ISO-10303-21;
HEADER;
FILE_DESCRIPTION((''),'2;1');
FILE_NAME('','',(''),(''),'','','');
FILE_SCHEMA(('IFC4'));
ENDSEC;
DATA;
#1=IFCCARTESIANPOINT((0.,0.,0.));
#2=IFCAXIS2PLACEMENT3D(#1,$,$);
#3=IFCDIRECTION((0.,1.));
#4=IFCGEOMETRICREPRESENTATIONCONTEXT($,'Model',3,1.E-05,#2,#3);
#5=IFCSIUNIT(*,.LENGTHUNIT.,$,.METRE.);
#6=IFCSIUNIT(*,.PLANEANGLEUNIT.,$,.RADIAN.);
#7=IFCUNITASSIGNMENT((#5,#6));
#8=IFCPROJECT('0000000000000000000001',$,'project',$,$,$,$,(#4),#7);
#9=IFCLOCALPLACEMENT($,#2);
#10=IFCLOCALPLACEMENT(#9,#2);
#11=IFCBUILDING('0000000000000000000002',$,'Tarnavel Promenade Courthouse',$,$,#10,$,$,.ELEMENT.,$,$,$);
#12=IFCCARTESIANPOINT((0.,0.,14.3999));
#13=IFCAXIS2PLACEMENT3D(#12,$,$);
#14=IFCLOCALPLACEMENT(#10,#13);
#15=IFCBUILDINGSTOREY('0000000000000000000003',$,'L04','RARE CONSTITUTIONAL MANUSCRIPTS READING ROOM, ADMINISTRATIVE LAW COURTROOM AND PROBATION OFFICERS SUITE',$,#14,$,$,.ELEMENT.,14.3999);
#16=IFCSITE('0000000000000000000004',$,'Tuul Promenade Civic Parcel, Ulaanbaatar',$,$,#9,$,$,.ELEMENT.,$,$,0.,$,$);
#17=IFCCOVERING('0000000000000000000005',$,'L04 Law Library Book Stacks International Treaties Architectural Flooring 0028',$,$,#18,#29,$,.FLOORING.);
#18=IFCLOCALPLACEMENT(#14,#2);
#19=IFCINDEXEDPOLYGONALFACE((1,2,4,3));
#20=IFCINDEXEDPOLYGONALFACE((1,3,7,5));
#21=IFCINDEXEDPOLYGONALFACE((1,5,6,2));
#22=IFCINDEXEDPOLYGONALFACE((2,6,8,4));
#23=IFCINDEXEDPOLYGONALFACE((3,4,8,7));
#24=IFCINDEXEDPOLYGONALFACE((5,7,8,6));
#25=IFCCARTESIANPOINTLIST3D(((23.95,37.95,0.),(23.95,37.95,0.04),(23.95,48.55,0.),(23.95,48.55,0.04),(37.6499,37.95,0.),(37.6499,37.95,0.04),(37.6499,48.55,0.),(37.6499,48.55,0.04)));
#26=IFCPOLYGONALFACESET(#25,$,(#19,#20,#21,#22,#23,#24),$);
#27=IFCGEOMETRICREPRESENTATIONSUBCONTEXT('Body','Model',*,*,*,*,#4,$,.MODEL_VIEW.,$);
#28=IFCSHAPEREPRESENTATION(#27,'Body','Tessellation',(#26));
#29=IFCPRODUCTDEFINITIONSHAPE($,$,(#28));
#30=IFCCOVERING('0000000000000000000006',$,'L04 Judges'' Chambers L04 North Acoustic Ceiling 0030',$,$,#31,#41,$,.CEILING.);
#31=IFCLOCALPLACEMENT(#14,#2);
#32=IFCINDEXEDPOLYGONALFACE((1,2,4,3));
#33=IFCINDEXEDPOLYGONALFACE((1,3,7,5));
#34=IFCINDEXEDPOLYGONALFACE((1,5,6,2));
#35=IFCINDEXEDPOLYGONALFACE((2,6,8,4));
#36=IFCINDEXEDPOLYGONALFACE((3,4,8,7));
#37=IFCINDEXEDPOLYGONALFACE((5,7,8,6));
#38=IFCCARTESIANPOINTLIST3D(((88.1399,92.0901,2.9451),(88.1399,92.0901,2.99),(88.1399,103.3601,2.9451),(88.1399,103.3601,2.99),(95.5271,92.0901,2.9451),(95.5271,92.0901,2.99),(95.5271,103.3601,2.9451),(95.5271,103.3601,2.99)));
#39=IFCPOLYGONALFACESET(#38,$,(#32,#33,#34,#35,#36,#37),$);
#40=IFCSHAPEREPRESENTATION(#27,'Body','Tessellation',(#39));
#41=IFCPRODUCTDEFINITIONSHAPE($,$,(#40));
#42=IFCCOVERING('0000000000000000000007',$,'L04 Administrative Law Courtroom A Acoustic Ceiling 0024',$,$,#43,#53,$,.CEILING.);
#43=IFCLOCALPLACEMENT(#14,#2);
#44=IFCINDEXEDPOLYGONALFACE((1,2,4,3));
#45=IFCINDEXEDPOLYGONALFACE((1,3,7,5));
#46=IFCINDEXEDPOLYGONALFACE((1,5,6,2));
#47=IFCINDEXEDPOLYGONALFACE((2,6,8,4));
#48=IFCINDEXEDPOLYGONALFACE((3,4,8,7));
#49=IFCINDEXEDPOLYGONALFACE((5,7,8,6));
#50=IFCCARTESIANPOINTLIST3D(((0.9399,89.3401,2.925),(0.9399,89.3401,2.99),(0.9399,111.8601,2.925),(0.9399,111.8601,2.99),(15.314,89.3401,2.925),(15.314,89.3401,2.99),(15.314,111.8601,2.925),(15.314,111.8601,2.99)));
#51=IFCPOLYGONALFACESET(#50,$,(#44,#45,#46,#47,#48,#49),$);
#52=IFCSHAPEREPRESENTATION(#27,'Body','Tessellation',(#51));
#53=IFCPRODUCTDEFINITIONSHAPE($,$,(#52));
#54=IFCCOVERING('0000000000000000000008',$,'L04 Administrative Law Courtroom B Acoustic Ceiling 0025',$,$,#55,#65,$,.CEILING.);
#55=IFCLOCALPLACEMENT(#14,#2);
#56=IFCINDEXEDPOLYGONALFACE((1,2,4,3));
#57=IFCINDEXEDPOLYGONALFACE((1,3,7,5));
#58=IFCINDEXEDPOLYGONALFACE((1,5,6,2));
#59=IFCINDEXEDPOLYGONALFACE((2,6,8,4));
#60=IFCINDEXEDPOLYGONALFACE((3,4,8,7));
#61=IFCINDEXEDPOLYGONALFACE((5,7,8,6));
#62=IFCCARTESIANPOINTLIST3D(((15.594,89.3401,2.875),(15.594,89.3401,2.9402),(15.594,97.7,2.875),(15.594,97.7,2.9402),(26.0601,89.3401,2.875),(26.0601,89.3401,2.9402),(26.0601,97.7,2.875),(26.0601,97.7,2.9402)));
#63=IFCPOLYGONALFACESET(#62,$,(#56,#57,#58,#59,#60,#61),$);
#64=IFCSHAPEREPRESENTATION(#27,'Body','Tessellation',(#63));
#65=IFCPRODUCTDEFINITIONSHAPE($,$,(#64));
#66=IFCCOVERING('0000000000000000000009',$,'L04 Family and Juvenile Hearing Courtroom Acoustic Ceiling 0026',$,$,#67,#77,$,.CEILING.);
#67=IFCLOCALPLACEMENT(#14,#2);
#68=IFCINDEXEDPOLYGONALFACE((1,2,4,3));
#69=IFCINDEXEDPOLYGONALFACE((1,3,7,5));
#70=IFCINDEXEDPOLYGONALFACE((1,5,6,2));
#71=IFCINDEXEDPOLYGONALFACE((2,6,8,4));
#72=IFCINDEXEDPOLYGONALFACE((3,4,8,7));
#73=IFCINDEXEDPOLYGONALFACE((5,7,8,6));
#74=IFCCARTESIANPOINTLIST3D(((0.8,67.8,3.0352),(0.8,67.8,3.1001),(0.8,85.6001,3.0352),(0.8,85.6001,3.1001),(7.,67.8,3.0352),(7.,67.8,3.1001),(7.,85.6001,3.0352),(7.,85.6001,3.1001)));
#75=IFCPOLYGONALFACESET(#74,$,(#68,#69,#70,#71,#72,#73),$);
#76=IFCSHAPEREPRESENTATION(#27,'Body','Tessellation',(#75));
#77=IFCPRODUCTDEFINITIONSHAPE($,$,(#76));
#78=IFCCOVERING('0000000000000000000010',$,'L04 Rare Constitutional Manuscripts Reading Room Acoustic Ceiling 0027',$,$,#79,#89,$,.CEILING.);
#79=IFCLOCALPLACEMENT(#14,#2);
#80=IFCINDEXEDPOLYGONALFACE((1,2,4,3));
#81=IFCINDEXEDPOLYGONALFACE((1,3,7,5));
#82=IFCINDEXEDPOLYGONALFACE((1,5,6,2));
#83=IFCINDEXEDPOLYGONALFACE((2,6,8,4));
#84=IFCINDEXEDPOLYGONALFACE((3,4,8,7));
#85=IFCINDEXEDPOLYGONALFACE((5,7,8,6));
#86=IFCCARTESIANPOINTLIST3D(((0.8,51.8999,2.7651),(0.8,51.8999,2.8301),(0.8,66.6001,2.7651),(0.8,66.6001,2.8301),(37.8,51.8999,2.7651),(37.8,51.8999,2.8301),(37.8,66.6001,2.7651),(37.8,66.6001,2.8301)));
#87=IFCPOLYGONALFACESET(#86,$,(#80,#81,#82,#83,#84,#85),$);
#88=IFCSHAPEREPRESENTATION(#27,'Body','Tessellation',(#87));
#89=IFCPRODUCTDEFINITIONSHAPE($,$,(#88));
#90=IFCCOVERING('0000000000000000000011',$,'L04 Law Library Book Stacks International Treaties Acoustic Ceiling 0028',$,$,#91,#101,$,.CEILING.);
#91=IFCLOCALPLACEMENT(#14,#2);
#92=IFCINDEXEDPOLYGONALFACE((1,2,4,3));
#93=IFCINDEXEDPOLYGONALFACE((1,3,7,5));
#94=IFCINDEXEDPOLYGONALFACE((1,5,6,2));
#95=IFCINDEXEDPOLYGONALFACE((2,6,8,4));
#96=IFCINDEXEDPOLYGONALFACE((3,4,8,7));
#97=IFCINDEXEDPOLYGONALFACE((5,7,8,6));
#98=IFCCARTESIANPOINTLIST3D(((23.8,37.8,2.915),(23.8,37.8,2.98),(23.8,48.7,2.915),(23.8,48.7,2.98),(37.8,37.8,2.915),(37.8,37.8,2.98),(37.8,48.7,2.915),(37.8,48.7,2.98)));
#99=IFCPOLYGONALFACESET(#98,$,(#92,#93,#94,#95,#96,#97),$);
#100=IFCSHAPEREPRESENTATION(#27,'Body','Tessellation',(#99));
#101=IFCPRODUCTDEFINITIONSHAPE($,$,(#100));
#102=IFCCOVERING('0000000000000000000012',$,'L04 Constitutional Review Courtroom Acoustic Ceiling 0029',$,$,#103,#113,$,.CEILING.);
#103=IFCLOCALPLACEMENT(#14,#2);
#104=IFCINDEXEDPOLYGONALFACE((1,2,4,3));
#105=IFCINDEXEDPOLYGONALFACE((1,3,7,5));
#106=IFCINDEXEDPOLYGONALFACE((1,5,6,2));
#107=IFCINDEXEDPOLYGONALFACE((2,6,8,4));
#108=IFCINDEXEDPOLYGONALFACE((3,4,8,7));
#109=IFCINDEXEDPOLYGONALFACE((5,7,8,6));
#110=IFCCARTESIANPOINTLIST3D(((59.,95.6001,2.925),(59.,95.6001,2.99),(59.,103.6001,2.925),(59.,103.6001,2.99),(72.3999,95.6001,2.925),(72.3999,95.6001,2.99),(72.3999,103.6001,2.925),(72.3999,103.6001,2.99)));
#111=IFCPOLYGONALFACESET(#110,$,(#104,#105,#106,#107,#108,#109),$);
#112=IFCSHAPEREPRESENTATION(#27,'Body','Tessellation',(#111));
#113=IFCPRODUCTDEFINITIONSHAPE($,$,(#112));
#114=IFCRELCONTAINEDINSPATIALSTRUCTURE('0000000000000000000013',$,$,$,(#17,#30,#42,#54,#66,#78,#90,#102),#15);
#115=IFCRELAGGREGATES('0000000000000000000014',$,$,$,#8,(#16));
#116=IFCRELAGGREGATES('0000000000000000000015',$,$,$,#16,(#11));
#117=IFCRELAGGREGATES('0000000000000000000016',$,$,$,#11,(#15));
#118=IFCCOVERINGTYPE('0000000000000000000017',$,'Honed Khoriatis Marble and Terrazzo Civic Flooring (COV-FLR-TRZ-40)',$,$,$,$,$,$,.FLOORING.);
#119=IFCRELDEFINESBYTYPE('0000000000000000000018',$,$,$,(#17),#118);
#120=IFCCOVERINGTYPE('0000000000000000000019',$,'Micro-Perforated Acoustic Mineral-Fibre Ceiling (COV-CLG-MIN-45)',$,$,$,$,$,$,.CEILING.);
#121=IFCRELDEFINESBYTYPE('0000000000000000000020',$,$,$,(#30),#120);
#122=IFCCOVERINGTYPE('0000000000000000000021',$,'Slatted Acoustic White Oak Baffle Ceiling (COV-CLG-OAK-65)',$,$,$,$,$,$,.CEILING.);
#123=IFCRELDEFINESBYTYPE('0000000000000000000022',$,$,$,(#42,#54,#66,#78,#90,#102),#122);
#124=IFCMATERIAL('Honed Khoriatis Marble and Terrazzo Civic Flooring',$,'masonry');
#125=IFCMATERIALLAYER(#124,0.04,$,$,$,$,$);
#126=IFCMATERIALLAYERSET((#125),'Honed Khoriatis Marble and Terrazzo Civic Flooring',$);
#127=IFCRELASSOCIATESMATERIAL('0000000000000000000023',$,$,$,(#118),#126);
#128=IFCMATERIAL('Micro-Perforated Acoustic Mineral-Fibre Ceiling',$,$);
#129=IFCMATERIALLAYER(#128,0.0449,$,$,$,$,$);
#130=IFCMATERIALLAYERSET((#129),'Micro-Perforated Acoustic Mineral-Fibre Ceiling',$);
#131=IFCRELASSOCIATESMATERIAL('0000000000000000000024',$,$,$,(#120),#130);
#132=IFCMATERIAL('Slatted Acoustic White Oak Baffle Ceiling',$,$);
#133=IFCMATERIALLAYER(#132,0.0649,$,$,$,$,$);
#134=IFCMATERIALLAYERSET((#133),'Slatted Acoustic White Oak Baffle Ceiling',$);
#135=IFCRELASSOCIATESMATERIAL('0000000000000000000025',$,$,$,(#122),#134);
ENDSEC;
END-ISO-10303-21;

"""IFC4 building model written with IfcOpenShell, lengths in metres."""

from ifc_helpers import new_model, si_unit, direction, frame, origin, place, context, subcontext, project, spatial, polyline, outline, extrude, material, layer, layer_set, type_object, element, save


model = new_model("IFC4")

# Units and contexts
model_context = context("Model", 3, precision=1e-05, world=origin(), true_north=direction((0.0, 1.0)))
body_context = subcontext(model_context, "Body", "Model", "MODEL_VIEW")
ifc_project = project(units=[si_unit("LENGTHUNIT", "METRE"), si_unit("PLANEANGLEUNIT", "RADIAN")], contexts=[model_context])

# Site, building, storey
site_placement = place(None, origin())
site = spatial("IfcSite", under=ifc_project, at=site_placement, Name="Tuul Promenade Civic Parcel, Ulaanbaatar", CompositionType="ELEMENT", RefElevation=0.0)
building_placement = place(site_placement, origin())
building = spatial("IfcBuilding", under=site, at=building_placement, Name="Tarnavel Promenade Courthouse", CompositionType="ELEMENT")
storey_placement = place(building_placement, frame((0.0, 0.0, 14.3999)))
storey = spatial("IfcBuildingStorey", under=building, at=storey_placement, Name="L04", Description="RARE CONSTITUTIONAL MANUSCRIPTS READING ROOM, ADMINISTRATIVE LAW COURTROOM AND PROBATION OFFICERS SUITE", CompositionType="ELEMENT", Elevation=14.3999)

# Coverings
ifc_material_1 = material(Name="Honed Khoriatis Marble and Terrazzo Civic Flooring", Category="masonry")
ifc_layer_1 = layer(ifc_material_1, 0.04)
ifc_layer_set_1 = layer_set([ifc_layer_1], Name="Honed Khoriatis Marble and Terrazzo Civic Flooring")
covering_type_1 = type_object("IfcCoveringType", Name="Honed Khoriatis Marble and Terrazzo Civic Flooring (COV-FLR-TRZ-40)", PredefinedType="FLOORING", material=ifc_layer_set_1)
covering_1_placement = place(storey_placement, origin())
element("IfcCovering", 1, at=covering_1_placement, inside=storey, type_object=covering_type_1, Name="L04 Law Library Book Stacks International Treaties Architectural Flooring 0028", PredefinedType="FLOORING", context=body_context, shape_type="SweptSolid", body=[
    extrude(outline(polyline([(23.95, 37.95), (37.6499, 37.95), (37.6499, 48.55), (23.95, 48.55), (23.95, 37.95)])), origin(), (0.0, 0.0, 1.0), 0.04),
])
ifc_material_2 = material(Name="Micro-Perforated Acoustic Mineral-Fibre Ceiling")
ifc_layer_2 = layer(ifc_material_2, 0.0449)
ifc_layer_set_2 = layer_set([ifc_layer_2], Name="Micro-Perforated Acoustic Mineral-Fibre Ceiling")
covering_type_2 = type_object("IfcCoveringType", Name="Micro-Perforated Acoustic Mineral-Fibre Ceiling (COV-CLG-MIN-45)", PredefinedType="CEILING", material=ifc_layer_set_2)
covering_2_placement = place(storey_placement, frame((0.0, 0.0, 2.9451)))
element("IfcCovering", 2, at=covering_2_placement, inside=storey, type_object=covering_type_2, Name="L04 Judges' Chambers L04 North Acoustic Ceiling 0030", PredefinedType="CEILING", context=body_context, shape_type="SweptSolid", body=[
    extrude(outline(polyline([(88.1399, 92.0901), (95.5271, 92.0901), (95.5271, 103.3601), (88.1399, 103.3601), (88.1399, 92.0901)])), origin(), (0.0, 0.0, 1.0), 0.0449),
])
ifc_material_3 = material(Name="Slatted Acoustic White Oak Baffle Ceiling")
ifc_layer_3 = layer(ifc_material_3, 0.0649)
ifc_layer_set_3 = layer_set([ifc_layer_3], Name="Slatted Acoustic White Oak Baffle Ceiling")
covering_type_3 = type_object("IfcCoveringType", Name="Slatted Acoustic White Oak Baffle Ceiling (COV-CLG-OAK-65)", PredefinedType="CEILING", material=ifc_layer_set_3)
covering_3_placement = place(storey_placement, frame((0.0, 0.0, 2.925)))
element("IfcCovering", 3, at=covering_3_placement, inside=storey, type_object=covering_type_3, Name="L04 Administrative Law Courtroom A Acoustic Ceiling 0024", PredefinedType="CEILING", context=body_context, shape_type="SweptSolid", body=[
    extrude(outline(polyline([(0.9399, 89.3401), (15.314, 89.3401), (15.314, 111.8601), (0.9399, 111.8601), (0.9399, 89.3401)])), origin(), (0.0, 0.0, 1.0), 0.0649),
])
covering_4_placement = place(storey_placement, frame((0.0, 0.0, 2.875)))
element("IfcCovering", 4, at=covering_4_placement, inside=storey, type_object=covering_type_3, Name="L04 Administrative Law Courtroom B Acoustic Ceiling 0025", PredefinedType="CEILING", context=body_context, shape_type="SweptSolid", body=[
    extrude(outline(polyline([(15.594, 89.3401), (26.0601, 89.3401), (26.0601, 97.7), (15.594, 97.7), (15.594, 89.3401)])), origin(), (0.0, 0.0, 1.0), 0.0652),
])
covering_5_placement = place(storey_placement, frame((0.0, 0.0, 3.0352)))
element("IfcCovering", 5, at=covering_5_placement, inside=storey, type_object=covering_type_3, Name="L04 Family and Juvenile Hearing Courtroom Acoustic Ceiling 0026", PredefinedType="CEILING", context=body_context, shape_type="SweptSolid", body=[
    extrude(outline(polyline([(0.8, 67.8), (7.0, 67.8), (7.0, 85.6001), (0.8, 85.6001), (0.8, 67.8)])), origin(), (0.0, 0.0, 1.0), 0.0649),
])
covering_6_placement = place(storey_placement, frame((0.0, 0.0, 2.7651)))
element("IfcCovering", 6, at=covering_6_placement, inside=storey, type_object=covering_type_3, Name="L04 Rare Constitutional Manuscripts Reading Room Acoustic Ceiling 0027", PredefinedType="CEILING", context=body_context, shape_type="SweptSolid", body=[
    extrude(outline(polyline([(0.8, 51.8999), (37.8, 51.8999), (37.8, 66.6001), (0.8, 66.6001), (0.8, 51.8999)])), origin(), (0.0, 0.0, 1.0), 0.0649),
])
covering_7_placement = place(storey_placement, frame((0.0, 0.0, 2.915)))
element("IfcCovering", 7, at=covering_7_placement, inside=storey, type_object=covering_type_3, Name="L04 Law Library Book Stacks International Treaties Acoustic Ceiling 0028", PredefinedType="CEILING", context=body_context, shape_type="SweptSolid", body=[
    extrude(outline(polyline([(23.8, 37.8), (37.8, 37.8), (37.8, 48.7), (23.8, 48.7), (23.8, 37.8)])), origin(), (0.0, 0.0, 1.0), 0.0649),
])
covering_8_placement = place(storey_placement, frame((0.0, 0.0, 2.925)))
element("IfcCovering", 8, at=covering_8_placement, inside=storey, type_object=covering_type_3, Name="L04 Constitutional Review Courtroom Acoustic Ceiling 0029", PredefinedType="CEILING", context=body_context, shape_type="SweptSolid", body=[
    extrude(outline(polyline([(59.0, 95.6001), (72.3999, 95.6001), (72.3999, 103.6001), (59.0, 103.6001), (59.0, 95.6001)])), origin(), (0.0, 0.0, 1.0), 0.0649),
])

save(model, "model.ifc")
